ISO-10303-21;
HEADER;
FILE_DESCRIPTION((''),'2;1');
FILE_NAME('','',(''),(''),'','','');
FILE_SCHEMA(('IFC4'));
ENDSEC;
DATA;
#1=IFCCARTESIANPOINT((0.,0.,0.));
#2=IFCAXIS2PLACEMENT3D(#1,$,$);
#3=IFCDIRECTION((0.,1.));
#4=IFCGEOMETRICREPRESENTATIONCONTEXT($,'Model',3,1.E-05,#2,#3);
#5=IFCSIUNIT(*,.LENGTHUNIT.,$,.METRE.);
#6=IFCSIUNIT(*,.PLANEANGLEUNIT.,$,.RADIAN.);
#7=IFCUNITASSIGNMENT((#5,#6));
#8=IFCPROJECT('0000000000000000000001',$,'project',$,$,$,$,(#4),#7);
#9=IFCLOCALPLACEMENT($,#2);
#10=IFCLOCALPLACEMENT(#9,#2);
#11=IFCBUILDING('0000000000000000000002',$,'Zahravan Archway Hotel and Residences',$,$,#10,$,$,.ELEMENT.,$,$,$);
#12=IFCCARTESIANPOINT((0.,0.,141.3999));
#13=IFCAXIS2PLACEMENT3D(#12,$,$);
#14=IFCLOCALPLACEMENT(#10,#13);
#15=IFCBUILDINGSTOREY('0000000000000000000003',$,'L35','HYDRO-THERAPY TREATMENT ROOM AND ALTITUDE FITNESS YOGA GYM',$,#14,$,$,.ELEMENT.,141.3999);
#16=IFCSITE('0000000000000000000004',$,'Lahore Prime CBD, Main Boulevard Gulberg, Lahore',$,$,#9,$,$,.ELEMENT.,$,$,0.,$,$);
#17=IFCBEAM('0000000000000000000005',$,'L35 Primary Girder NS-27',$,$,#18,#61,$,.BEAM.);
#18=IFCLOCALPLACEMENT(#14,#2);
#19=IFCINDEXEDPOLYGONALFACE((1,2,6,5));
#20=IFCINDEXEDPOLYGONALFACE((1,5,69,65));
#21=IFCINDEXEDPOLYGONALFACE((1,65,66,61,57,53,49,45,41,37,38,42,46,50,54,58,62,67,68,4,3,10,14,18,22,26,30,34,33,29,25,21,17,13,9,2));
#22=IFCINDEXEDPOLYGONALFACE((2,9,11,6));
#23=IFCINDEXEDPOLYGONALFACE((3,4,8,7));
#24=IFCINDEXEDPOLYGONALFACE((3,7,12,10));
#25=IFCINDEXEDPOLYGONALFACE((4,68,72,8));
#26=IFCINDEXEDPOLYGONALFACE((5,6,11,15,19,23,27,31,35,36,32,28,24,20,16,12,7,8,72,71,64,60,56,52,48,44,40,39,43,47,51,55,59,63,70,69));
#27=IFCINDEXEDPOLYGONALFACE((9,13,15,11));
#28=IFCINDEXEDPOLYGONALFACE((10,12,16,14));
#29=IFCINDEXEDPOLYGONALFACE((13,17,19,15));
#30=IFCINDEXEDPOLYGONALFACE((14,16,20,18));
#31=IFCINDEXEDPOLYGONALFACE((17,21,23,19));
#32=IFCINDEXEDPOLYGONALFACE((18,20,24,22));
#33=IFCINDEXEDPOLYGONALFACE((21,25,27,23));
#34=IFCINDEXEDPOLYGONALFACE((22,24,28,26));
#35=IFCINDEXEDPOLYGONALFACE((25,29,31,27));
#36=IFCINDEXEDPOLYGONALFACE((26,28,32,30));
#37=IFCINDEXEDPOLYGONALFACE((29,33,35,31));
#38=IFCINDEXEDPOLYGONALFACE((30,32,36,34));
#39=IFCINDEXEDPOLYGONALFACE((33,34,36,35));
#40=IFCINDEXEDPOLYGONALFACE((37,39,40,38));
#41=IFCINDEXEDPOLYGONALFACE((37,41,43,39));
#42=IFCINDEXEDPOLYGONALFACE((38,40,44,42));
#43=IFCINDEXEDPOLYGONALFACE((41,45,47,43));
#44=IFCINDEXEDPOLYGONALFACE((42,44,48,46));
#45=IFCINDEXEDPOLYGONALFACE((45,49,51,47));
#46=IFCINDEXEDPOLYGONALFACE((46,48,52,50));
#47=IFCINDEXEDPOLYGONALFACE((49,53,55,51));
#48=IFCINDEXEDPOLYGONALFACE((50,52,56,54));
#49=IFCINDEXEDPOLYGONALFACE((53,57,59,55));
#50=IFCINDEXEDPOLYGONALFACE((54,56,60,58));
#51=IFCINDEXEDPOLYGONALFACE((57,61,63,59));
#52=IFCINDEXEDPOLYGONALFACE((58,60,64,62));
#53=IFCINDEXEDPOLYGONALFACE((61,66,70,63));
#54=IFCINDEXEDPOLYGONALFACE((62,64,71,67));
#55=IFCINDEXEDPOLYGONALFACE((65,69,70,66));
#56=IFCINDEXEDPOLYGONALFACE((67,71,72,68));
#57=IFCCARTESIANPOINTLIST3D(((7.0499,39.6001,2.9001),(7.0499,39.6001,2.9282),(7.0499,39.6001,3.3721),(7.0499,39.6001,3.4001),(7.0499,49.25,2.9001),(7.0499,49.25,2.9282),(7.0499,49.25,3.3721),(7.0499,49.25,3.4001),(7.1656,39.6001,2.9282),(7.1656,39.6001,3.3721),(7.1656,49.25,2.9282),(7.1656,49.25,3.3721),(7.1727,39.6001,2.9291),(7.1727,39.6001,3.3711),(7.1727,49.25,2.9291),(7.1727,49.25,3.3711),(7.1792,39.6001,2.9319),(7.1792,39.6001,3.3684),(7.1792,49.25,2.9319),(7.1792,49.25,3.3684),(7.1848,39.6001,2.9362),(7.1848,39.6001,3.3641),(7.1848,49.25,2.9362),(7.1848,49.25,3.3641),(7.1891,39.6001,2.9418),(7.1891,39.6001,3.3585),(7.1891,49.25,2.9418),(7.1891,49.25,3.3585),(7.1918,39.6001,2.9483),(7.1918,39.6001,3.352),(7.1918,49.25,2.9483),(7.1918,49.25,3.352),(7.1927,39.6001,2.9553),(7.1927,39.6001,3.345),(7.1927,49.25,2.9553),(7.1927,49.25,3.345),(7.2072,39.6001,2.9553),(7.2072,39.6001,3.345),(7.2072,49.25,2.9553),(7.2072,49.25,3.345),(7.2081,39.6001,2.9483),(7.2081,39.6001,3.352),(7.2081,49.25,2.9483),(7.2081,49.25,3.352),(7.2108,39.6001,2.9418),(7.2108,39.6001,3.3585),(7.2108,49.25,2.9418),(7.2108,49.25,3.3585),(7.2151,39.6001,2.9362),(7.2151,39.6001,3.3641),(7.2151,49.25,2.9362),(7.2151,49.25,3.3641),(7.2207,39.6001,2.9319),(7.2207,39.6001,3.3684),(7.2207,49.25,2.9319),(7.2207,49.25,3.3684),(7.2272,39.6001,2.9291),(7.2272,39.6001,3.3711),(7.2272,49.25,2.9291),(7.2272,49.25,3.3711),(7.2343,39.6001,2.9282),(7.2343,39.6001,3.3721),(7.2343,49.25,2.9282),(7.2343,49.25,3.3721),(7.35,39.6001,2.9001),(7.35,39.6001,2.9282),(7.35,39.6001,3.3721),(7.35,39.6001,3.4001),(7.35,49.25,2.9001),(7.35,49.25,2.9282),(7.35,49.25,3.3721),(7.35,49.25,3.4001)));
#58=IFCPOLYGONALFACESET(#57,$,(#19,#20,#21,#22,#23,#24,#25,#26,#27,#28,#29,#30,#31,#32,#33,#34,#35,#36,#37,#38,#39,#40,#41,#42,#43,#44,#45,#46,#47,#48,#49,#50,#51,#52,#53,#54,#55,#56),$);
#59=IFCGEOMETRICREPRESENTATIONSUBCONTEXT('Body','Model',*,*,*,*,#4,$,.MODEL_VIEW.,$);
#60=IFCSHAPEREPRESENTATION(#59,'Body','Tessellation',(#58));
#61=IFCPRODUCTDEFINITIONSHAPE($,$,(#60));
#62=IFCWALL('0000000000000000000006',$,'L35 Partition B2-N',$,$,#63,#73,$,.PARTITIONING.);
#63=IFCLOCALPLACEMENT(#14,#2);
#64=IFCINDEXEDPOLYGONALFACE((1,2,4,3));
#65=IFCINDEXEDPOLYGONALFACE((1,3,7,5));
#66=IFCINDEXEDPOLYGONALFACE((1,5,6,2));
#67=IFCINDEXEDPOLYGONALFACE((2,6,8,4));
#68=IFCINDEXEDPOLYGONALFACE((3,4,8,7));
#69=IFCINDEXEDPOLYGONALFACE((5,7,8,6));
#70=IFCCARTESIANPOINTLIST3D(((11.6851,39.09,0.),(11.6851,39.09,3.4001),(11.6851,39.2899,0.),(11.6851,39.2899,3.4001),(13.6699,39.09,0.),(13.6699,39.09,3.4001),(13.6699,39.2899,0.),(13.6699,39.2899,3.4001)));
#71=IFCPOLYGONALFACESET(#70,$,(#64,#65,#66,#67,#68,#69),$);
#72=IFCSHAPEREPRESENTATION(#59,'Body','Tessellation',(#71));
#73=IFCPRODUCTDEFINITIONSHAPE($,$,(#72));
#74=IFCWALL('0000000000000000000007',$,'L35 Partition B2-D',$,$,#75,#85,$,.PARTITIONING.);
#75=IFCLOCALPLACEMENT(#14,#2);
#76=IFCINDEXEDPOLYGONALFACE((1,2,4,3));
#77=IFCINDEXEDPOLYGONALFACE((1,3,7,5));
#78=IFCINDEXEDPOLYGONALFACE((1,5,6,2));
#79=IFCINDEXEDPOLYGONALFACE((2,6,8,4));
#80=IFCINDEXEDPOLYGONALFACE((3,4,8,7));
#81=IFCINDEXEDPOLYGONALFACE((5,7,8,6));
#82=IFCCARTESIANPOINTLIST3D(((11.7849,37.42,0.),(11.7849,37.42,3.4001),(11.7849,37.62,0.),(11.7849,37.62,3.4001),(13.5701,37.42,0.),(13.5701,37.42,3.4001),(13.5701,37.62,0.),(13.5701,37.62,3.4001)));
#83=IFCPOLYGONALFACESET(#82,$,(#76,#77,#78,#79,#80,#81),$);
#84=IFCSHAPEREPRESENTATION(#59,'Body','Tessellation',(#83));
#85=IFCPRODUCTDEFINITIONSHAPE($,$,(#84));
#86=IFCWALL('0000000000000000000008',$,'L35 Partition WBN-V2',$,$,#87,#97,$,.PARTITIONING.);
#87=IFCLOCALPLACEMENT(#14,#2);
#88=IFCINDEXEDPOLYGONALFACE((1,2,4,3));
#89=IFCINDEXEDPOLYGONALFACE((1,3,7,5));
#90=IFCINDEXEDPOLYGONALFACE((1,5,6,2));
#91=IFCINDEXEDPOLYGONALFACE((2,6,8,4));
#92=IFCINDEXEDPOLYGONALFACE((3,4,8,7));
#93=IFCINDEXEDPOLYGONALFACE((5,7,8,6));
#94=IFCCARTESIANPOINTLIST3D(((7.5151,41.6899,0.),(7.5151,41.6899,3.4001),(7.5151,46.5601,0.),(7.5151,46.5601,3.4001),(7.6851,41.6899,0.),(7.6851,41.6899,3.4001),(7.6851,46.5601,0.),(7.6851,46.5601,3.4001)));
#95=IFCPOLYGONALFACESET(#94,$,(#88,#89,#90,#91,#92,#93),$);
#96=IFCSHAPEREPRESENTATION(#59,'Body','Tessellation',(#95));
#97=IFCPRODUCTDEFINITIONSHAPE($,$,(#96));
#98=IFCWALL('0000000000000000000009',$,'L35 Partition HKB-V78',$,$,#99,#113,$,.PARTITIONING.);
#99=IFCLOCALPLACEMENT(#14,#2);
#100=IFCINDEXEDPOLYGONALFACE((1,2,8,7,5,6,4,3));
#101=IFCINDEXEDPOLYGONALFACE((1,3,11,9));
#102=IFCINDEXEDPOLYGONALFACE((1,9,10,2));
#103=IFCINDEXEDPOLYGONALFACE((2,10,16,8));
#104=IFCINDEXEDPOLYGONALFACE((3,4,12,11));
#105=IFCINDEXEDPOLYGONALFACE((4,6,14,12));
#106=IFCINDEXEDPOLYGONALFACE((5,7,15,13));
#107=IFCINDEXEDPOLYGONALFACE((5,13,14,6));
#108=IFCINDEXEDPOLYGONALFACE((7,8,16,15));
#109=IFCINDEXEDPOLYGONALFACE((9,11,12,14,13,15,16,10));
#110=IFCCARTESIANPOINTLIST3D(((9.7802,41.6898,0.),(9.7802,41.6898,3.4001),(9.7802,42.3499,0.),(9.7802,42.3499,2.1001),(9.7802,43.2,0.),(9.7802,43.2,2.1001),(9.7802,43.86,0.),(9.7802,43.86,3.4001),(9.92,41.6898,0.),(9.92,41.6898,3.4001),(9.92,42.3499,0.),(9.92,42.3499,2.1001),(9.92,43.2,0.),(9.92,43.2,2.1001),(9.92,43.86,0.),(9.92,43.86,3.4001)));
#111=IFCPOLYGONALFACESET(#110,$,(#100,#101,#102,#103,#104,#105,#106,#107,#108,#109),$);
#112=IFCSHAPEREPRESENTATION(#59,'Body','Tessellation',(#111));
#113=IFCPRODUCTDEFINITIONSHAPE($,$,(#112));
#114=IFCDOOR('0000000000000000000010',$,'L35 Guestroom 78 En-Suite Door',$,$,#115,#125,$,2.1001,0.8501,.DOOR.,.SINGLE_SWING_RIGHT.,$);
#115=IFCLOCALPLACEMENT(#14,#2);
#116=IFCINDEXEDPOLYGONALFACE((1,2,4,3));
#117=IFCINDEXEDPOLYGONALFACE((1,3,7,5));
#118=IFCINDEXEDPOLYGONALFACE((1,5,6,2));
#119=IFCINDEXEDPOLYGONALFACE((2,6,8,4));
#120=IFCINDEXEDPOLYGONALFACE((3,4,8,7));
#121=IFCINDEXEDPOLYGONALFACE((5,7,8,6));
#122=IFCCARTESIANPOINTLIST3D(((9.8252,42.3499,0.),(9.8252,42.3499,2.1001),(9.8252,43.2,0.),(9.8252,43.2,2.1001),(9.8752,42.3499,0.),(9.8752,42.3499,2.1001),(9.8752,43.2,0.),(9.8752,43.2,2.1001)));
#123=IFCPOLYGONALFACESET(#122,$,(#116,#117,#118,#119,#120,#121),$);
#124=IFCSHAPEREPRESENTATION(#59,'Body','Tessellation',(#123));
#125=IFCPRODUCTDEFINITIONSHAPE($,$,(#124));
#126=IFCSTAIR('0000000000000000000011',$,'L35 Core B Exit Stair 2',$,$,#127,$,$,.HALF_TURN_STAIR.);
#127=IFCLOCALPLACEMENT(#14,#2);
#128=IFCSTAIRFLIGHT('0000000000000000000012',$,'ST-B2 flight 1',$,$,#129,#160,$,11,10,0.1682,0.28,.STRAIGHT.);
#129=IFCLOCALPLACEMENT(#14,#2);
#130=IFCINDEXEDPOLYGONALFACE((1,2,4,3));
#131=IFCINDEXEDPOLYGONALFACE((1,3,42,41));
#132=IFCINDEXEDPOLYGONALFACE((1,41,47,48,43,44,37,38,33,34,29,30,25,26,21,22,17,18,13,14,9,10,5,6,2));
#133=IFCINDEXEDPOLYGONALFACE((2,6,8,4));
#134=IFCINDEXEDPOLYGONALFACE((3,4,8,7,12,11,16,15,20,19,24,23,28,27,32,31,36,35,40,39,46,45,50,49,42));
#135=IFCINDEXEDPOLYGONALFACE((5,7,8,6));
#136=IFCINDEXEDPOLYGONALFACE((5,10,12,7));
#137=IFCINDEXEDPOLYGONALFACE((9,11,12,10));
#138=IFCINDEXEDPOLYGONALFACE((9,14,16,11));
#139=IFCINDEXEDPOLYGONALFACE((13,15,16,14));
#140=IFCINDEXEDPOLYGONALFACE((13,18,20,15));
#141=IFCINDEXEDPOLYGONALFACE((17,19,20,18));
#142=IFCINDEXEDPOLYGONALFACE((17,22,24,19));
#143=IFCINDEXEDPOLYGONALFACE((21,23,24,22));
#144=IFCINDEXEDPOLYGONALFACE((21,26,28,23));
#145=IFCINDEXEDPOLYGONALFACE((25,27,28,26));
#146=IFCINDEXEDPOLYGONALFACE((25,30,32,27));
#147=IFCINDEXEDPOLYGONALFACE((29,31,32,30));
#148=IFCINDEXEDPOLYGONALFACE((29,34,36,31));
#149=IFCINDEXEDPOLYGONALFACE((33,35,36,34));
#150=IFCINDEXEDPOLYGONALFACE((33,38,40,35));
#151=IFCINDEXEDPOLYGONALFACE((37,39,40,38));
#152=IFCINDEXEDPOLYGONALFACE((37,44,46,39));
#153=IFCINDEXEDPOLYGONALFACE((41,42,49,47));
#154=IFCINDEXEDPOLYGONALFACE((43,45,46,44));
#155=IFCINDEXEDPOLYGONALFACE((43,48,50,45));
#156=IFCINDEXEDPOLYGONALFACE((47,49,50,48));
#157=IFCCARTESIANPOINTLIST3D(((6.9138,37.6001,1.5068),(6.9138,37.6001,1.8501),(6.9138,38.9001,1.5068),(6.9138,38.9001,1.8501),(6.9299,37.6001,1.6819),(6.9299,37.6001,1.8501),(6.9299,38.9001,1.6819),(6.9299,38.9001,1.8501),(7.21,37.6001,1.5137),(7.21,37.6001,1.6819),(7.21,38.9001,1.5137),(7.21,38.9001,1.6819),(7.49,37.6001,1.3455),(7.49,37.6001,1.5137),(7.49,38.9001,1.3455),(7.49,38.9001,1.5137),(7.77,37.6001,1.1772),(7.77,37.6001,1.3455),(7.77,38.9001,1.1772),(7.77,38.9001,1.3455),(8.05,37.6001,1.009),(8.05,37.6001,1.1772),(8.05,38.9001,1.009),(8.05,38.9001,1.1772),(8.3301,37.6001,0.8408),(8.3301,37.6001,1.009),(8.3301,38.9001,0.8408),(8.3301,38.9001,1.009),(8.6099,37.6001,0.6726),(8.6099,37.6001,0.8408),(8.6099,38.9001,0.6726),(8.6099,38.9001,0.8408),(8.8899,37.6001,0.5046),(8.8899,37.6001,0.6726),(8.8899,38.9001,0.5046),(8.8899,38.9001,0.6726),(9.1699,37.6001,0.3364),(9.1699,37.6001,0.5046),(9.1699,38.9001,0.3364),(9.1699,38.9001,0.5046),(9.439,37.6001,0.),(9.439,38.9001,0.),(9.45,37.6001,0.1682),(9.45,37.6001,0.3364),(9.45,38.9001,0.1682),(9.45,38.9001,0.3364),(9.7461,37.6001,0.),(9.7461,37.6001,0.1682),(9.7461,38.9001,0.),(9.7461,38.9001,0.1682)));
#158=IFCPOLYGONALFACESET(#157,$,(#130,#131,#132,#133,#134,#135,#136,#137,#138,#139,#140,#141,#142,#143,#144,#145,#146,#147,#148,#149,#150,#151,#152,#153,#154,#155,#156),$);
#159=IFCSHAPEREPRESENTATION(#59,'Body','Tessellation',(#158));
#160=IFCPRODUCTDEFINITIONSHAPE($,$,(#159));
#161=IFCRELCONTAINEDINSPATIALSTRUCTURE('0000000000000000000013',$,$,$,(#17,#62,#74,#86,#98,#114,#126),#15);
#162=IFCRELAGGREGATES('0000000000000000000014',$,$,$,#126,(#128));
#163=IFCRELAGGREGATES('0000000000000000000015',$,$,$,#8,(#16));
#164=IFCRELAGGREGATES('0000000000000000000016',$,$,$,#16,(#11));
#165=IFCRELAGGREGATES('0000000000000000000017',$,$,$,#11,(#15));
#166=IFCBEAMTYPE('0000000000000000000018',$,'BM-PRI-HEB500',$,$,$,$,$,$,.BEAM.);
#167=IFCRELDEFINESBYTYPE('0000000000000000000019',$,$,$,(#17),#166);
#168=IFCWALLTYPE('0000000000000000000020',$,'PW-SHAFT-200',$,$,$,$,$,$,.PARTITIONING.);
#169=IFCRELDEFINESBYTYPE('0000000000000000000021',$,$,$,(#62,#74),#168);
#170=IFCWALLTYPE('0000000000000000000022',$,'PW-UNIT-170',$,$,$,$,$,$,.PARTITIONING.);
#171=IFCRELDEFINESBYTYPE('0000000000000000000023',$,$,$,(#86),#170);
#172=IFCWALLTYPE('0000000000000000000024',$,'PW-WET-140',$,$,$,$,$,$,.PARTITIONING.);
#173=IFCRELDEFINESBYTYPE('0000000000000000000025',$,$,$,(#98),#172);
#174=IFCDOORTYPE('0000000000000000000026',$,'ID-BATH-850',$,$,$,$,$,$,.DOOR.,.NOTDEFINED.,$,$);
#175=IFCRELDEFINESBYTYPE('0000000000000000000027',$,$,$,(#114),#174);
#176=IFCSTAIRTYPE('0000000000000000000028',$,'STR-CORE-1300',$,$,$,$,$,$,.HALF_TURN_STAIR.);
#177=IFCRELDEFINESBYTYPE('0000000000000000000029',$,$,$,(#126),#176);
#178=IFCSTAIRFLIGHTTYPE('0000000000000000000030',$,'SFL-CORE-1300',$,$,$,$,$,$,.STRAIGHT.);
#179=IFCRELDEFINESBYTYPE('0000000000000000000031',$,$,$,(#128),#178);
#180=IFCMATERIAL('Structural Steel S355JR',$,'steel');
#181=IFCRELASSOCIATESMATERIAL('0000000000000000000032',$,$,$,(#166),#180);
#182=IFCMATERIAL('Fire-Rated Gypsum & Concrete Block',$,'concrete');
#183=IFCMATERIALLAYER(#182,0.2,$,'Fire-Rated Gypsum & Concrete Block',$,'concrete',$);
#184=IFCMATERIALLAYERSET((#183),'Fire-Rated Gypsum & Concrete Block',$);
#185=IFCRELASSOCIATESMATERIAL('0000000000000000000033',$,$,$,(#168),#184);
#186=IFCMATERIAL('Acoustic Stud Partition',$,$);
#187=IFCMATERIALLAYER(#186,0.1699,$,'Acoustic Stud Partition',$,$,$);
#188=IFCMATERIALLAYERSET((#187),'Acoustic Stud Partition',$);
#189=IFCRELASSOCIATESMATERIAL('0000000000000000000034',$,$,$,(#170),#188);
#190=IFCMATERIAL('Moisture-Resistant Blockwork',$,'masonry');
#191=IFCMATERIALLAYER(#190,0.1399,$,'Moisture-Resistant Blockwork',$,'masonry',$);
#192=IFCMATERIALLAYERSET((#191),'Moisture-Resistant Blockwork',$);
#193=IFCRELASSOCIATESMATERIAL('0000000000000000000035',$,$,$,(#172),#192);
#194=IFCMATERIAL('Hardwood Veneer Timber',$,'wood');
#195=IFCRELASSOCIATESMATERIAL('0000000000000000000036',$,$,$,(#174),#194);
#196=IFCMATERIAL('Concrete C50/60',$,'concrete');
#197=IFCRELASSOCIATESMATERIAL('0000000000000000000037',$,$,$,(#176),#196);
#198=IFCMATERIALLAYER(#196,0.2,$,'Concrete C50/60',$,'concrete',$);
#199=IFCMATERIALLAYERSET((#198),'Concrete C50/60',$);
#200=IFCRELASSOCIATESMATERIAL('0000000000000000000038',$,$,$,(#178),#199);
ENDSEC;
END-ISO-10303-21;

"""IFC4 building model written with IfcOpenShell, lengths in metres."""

from ifc_helpers import new_model, si_unit, direction, frame, frame_2d, origin, origin_2d, place, context, subcontext, project, spatial, polyline, rectangle, i_section, outline, extrude, source, transform, mapped, material, layer, layer_set, material_profile, profile_set, type_object, type_shapes, element, fill, aggregate, save


model = new_model("IFC4")

# Units and contexts
model_context = context("Model", 3, precision=1e-05, world=origin(), true_north=direction((0.0, 1.0)))
body_context = subcontext(model_context, "Body", "Model", "MODEL_VIEW")
ifc_project = project(units=[si_unit("LENGTHUNIT", "METRE"), si_unit("PLANEANGLEUNIT", "RADIAN")], contexts=[model_context])

# Site, building, storey
site_placement = place(None, origin())
site = spatial("IfcSite", under=ifc_project, at=site_placement, Name="Lahore Prime CBD, Main Boulevard Gulberg, Lahore", CompositionType="ELEMENT", RefElevation=0.0)
building_placement = place(site_placement, origin())
building = spatial("IfcBuilding", under=site, at=building_placement, Name="Zahravan Archway Hotel and Residences", CompositionType="ELEMENT")
storey_placement = place(building_placement, frame((0.0, 0.0, 141.3999)))
storey = spatial("IfcBuildingStorey", under=building, at=storey_placement, Name="L35", Description="HYDRO-THERAPY TREATMENT ROOM AND ALTITUDE FITNESS YOGA GYM", CompositionType="ELEMENT", Elevation=141.3999)

# Beam
ifc_material_1 = material(Name="Structural Steel S355JR", Category="steel")
ifc_material_profile_1 = material_profile(ifc_material_1, i_section(OverallWidth=0.3, OverallDepth=0.5, WebThickness=0.0144, FlangeThickness=0.0281, FilletRadius=0.0271, at=origin_2d()), Name="HEB 500", Category="steel")
ifc_profile_set_1 = profile_set([ifc_material_profile_1], Name="Structural Steel S355JR")
beam_type_1 = type_object("IfcBeamType", Name="BM-PRI-HEB500", PredefinedType="BEAM", material=ifc_profile_set_1)
shared_shape_1 = source(origin(), body_context, "Body", "SweptSolid", [
    extrude(i_section(OverallWidth=0.3, OverallDepth=0.5, WebThickness=0.0144, FlangeThickness=0.0281, FilletRadius=0.0271, at=origin_2d()), origin(), (0.0, 0.0, 1.0), 9.6499),
])
beam_1_placement = place(storey_placement, frame((7.2, 39.6001, 3.1501), z_axis=(0.0, 1.0, 0.0), x_axis=(-1.0, 0.0, 0.0)))
element("IfcBeam", 1, at=beam_1_placement, inside=storey, type_object=beam_type_1, Name="L35 Primary Girder NS-27", PredefinedType="BEAM", context=body_context, shape_type="MappedRepresentation", body=[
    mapped(shared_shape_1, transform((0.0, 0.0, 0.0), scale=1.0)),
])

# Walls
ifc_material_2 = material(Name="Fire-Rated Gypsum & Concrete Block", Category="concrete")
ifc_layer_1 = layer(ifc_material_2, 0.2, Name="Fire-Rated Gypsum & Concrete Block", Category="concrete")
ifc_layer_set_1 = layer_set([ifc_layer_1], Name="Fire-Rated Gypsum & Concrete Block")
wall_type_1 = type_object("IfcWallType", Name="PW-SHAFT-200", PredefinedType="PARTITIONING", material=ifc_layer_set_1)
wall_1_placement = place(storey_placement, frame((11.6851, 39.1899, 0.0), z_axis=(0.0, 0.0, 1.0), x_axis=(1.0, 0.0, 0.0)))
element("IfcWall", 2, at=wall_1_placement, inside=storey, type_object=wall_type_1, Name="L35 Partition B2-N", PredefinedType="PARTITIONING", context=body_context, shape_type="SweptSolid", body=[
    extrude(rectangle(XDim=1.9849, YDim=0.2, at=frame_2d((0.9924, 0.0))), origin(), (0.0, 0.0, 1.0), 3.4001),
])
wall_2_placement = place(storey_placement, frame((11.7849, 37.52, 0.0), z_axis=(0.0, 0.0, 1.0), x_axis=(1.0, 0.0, 0.0)))
element("IfcWall", 3, at=wall_2_placement, inside=storey, type_object=wall_type_1, Name="L35 Partition B2-D", PredefinedType="PARTITIONING", context=body_context, shape_type="SweptSolid", body=[
    extrude(rectangle(XDim=1.7852, YDim=0.2, at=frame_2d((0.8926, 0.0))), origin(), (0.0, 0.0, 1.0), 3.4001),
])
ifc_material_3 = material(Name="Acoustic Stud Partition")
ifc_layer_2 = layer(ifc_material_3, 0.1699, Name="Acoustic Stud Partition")
ifc_layer_set_2 = layer_set([ifc_layer_2], Name="Acoustic Stud Partition")
wall_type_2 = type_object("IfcWallType", Name="PW-UNIT-170", PredefinedType="PARTITIONING", material=ifc_layer_set_2)
wall_3_placement = place(storey_placement, frame((7.6001, 41.6899, 0.0), z_axis=(0.0, 0.0, 1.0), x_axis=(0.0, 1.0, 0.0)))
element("IfcWall", 4, at=wall_3_placement, inside=storey, type_object=wall_type_2, Name="L35 Partition WBN-V2", PredefinedType="PARTITIONING", context=body_context, shape_type="SweptSolid", body=[
    extrude(rectangle(XDim=4.8701, YDim=0.1699, at=frame_2d((2.4351, 0.0))), origin(), (0.0, 0.0, 1.0), 3.4001),
])
ifc_material_4 = material(Name="Moisture-Resistant Blockwork", Category="masonry")
ifc_layer_3 = layer(ifc_material_4, 0.1399, Name="Moisture-Resistant Blockwork", Category="masonry")
ifc_layer_set_3 = layer_set([ifc_layer_3], Name="Moisture-Resistant Blockwork")
wall_type_3 = type_object("IfcWallType", Name="PW-WET-140", PredefinedType="PARTITIONING", material=ifc_layer_set_3)

# Wall, opening, door
wall_4_placement = place(storey_placement, frame((9.8501, 41.6899, 0.0), z_axis=(0.0, 0.0, 1.0), x_axis=(0.0, 1.0, 0.0)))
wall_4 = element("IfcWall", 5, at=wall_4_placement, inside=storey, type_object=wall_type_3, Name="L35 Partition HKB-V78", PredefinedType="PARTITIONING", context=body_context, shape_type="SweptSolid", body=[
    extrude(rectangle(XDim=2.1702, YDim=0.1399, at=frame_2d((1.085, 0.0))), origin(), (0.0, 0.0, 1.0), 3.4001),
])
opening_placement = place(wall_4_placement, frame((0.6599, 0.0, 0.0)))
opening = element("IfcOpeningElement", 6, at=opening_placement, cuts=wall_4, PredefinedType="OPENING", context=body_context, shape_type="SweptSolid", body=[
    extrude(rectangle(XDim=0.8501, YDim=2.1001, at=frame_2d((0.425, 1.05))), frame((0.0, 0.0801, 0.0), z_axis=(0.0, -1.0, 0.0), x_axis=(1.0, 0.0, 0.0)), (0.0, 0.0, 1.0), 0.1599),
])
ifc_material_5 = material(Name="Hardwood Veneer Timber", Category="wood")
door_type = type_object("IfcDoorType", Name="ID-BATH-850", OperationType="NOTDEFINED", PredefinedType="DOOR", material=ifc_material_5)
shared_shape_2 = source(origin(), body_context, "Body", "SweptSolid", [
    extrude(rectangle(XDim=0.8501, YDim=2.1001, at=frame_2d((0.425, 1.05))), frame((0.0, 0.0249, 0.0), z_axis=(0.0, -1.0, 0.0), x_axis=(1.0, 0.0, 0.0)), (0.0, 0.0, 1.0), 0.05),
])
type_shapes(door_type, [shared_shape_2])
door_placement = place(opening_placement, origin())
door = element("IfcDoor", 7, at=door_placement, inside=storey, type_object=door_type, Name="L35 Guestroom 78 En-Suite Door", OperationType="SINGLE_SWING_RIGHT", OverallHeight=2.1001, OverallWidth=0.8501, PredefinedType="DOOR", context=body_context, shape_type="MappedRepresentation", body=[
    mapped(shared_shape_2, transform((0.0, 0.0, 0.0), scale=1.0)),
])
fill(opening, door)

# Stair, stair flight
ifc_material_6 = material(Name="Concrete C50/60", Category="concrete")
stair_type = type_object("IfcStairType", Name="STR-CORE-1300", PredefinedType="HALF_TURN_STAIR", material=ifc_material_6)
stair_placement = place(storey_placement, origin())
stair = element("IfcStair", 8, at=stair_placement, inside=storey, type_object=stair_type, Name="L35 Core B Exit Stair 2", PredefinedType="HALF_TURN_STAIR")
ifc_layer_4 = layer(ifc_material_6, 0.2, Name="Concrete C50/60", Category="concrete")
ifc_layer_set_4 = layer_set([ifc_layer_4], Name="Concrete C50/60")
stair_flight_type = type_object("IfcStairFlightType", Name="SFL-CORE-1300", PredefinedType="STRAIGHT", material=ifc_layer_set_4)
shared_shape_3 = source(origin(), body_context, "Body", "SweptSolid", [
    extrude(outline(polyline([(-0.0161, 0.0), (-0.0161, 0.1682), (0.28, 0.1682), (0.28, 0.3364), (0.5601, 0.3364), (0.5601, 0.5046), (0.8401, 0.5046), (0.8401, 0.6726), (1.1201, 0.6726), (1.1201, 0.8408), (1.3999, 0.8408), (1.3999, 1.009), (1.6799, 1.009), (1.6799, 1.1772), (1.96, 1.1772), (1.96, 1.3455), (2.24, 1.3455), (2.24, 1.5137), (2.52, 1.5137), (2.52, 1.6819), (2.8, 1.6819), (2.8, 1.8501), (2.8162, 1.8501), (2.8162, 1.5068), (0.291, 0.0), (-0.0161, 0.0)])), frame((0.0, 0.6499, 0.0), z_axis=(0.0, -1.0, 0.0), x_axis=(1.0, 0.0, 0.0)), (0.0, 0.0, 1.0), 1.3),
])
stair_flight_placement = place(storey_placement, frame((9.73, 38.25, 0.0), z_axis=(0.0, 0.0, 1.0), x_axis=(-1.0, 0.0, 0.0)))
stair_flight = element("IfcStairFlight", 9, at=stair_flight_placement, type_object=stair_flight_type, Name="ST-B2 flight 1", NumberOfRisers=11, NumberOfTreads=10, PredefinedType="STRAIGHT", RiserHeight=0.1682, TreadLength=0.28, context=body_context, shape_type="MappedRepresentation", body=[
    mapped(shared_shape_3, transform((0.0, 0.0, 0.0), scale=1.0)),
])
aggregate(stair, [stair_flight])

save(model, "model.ifc")
